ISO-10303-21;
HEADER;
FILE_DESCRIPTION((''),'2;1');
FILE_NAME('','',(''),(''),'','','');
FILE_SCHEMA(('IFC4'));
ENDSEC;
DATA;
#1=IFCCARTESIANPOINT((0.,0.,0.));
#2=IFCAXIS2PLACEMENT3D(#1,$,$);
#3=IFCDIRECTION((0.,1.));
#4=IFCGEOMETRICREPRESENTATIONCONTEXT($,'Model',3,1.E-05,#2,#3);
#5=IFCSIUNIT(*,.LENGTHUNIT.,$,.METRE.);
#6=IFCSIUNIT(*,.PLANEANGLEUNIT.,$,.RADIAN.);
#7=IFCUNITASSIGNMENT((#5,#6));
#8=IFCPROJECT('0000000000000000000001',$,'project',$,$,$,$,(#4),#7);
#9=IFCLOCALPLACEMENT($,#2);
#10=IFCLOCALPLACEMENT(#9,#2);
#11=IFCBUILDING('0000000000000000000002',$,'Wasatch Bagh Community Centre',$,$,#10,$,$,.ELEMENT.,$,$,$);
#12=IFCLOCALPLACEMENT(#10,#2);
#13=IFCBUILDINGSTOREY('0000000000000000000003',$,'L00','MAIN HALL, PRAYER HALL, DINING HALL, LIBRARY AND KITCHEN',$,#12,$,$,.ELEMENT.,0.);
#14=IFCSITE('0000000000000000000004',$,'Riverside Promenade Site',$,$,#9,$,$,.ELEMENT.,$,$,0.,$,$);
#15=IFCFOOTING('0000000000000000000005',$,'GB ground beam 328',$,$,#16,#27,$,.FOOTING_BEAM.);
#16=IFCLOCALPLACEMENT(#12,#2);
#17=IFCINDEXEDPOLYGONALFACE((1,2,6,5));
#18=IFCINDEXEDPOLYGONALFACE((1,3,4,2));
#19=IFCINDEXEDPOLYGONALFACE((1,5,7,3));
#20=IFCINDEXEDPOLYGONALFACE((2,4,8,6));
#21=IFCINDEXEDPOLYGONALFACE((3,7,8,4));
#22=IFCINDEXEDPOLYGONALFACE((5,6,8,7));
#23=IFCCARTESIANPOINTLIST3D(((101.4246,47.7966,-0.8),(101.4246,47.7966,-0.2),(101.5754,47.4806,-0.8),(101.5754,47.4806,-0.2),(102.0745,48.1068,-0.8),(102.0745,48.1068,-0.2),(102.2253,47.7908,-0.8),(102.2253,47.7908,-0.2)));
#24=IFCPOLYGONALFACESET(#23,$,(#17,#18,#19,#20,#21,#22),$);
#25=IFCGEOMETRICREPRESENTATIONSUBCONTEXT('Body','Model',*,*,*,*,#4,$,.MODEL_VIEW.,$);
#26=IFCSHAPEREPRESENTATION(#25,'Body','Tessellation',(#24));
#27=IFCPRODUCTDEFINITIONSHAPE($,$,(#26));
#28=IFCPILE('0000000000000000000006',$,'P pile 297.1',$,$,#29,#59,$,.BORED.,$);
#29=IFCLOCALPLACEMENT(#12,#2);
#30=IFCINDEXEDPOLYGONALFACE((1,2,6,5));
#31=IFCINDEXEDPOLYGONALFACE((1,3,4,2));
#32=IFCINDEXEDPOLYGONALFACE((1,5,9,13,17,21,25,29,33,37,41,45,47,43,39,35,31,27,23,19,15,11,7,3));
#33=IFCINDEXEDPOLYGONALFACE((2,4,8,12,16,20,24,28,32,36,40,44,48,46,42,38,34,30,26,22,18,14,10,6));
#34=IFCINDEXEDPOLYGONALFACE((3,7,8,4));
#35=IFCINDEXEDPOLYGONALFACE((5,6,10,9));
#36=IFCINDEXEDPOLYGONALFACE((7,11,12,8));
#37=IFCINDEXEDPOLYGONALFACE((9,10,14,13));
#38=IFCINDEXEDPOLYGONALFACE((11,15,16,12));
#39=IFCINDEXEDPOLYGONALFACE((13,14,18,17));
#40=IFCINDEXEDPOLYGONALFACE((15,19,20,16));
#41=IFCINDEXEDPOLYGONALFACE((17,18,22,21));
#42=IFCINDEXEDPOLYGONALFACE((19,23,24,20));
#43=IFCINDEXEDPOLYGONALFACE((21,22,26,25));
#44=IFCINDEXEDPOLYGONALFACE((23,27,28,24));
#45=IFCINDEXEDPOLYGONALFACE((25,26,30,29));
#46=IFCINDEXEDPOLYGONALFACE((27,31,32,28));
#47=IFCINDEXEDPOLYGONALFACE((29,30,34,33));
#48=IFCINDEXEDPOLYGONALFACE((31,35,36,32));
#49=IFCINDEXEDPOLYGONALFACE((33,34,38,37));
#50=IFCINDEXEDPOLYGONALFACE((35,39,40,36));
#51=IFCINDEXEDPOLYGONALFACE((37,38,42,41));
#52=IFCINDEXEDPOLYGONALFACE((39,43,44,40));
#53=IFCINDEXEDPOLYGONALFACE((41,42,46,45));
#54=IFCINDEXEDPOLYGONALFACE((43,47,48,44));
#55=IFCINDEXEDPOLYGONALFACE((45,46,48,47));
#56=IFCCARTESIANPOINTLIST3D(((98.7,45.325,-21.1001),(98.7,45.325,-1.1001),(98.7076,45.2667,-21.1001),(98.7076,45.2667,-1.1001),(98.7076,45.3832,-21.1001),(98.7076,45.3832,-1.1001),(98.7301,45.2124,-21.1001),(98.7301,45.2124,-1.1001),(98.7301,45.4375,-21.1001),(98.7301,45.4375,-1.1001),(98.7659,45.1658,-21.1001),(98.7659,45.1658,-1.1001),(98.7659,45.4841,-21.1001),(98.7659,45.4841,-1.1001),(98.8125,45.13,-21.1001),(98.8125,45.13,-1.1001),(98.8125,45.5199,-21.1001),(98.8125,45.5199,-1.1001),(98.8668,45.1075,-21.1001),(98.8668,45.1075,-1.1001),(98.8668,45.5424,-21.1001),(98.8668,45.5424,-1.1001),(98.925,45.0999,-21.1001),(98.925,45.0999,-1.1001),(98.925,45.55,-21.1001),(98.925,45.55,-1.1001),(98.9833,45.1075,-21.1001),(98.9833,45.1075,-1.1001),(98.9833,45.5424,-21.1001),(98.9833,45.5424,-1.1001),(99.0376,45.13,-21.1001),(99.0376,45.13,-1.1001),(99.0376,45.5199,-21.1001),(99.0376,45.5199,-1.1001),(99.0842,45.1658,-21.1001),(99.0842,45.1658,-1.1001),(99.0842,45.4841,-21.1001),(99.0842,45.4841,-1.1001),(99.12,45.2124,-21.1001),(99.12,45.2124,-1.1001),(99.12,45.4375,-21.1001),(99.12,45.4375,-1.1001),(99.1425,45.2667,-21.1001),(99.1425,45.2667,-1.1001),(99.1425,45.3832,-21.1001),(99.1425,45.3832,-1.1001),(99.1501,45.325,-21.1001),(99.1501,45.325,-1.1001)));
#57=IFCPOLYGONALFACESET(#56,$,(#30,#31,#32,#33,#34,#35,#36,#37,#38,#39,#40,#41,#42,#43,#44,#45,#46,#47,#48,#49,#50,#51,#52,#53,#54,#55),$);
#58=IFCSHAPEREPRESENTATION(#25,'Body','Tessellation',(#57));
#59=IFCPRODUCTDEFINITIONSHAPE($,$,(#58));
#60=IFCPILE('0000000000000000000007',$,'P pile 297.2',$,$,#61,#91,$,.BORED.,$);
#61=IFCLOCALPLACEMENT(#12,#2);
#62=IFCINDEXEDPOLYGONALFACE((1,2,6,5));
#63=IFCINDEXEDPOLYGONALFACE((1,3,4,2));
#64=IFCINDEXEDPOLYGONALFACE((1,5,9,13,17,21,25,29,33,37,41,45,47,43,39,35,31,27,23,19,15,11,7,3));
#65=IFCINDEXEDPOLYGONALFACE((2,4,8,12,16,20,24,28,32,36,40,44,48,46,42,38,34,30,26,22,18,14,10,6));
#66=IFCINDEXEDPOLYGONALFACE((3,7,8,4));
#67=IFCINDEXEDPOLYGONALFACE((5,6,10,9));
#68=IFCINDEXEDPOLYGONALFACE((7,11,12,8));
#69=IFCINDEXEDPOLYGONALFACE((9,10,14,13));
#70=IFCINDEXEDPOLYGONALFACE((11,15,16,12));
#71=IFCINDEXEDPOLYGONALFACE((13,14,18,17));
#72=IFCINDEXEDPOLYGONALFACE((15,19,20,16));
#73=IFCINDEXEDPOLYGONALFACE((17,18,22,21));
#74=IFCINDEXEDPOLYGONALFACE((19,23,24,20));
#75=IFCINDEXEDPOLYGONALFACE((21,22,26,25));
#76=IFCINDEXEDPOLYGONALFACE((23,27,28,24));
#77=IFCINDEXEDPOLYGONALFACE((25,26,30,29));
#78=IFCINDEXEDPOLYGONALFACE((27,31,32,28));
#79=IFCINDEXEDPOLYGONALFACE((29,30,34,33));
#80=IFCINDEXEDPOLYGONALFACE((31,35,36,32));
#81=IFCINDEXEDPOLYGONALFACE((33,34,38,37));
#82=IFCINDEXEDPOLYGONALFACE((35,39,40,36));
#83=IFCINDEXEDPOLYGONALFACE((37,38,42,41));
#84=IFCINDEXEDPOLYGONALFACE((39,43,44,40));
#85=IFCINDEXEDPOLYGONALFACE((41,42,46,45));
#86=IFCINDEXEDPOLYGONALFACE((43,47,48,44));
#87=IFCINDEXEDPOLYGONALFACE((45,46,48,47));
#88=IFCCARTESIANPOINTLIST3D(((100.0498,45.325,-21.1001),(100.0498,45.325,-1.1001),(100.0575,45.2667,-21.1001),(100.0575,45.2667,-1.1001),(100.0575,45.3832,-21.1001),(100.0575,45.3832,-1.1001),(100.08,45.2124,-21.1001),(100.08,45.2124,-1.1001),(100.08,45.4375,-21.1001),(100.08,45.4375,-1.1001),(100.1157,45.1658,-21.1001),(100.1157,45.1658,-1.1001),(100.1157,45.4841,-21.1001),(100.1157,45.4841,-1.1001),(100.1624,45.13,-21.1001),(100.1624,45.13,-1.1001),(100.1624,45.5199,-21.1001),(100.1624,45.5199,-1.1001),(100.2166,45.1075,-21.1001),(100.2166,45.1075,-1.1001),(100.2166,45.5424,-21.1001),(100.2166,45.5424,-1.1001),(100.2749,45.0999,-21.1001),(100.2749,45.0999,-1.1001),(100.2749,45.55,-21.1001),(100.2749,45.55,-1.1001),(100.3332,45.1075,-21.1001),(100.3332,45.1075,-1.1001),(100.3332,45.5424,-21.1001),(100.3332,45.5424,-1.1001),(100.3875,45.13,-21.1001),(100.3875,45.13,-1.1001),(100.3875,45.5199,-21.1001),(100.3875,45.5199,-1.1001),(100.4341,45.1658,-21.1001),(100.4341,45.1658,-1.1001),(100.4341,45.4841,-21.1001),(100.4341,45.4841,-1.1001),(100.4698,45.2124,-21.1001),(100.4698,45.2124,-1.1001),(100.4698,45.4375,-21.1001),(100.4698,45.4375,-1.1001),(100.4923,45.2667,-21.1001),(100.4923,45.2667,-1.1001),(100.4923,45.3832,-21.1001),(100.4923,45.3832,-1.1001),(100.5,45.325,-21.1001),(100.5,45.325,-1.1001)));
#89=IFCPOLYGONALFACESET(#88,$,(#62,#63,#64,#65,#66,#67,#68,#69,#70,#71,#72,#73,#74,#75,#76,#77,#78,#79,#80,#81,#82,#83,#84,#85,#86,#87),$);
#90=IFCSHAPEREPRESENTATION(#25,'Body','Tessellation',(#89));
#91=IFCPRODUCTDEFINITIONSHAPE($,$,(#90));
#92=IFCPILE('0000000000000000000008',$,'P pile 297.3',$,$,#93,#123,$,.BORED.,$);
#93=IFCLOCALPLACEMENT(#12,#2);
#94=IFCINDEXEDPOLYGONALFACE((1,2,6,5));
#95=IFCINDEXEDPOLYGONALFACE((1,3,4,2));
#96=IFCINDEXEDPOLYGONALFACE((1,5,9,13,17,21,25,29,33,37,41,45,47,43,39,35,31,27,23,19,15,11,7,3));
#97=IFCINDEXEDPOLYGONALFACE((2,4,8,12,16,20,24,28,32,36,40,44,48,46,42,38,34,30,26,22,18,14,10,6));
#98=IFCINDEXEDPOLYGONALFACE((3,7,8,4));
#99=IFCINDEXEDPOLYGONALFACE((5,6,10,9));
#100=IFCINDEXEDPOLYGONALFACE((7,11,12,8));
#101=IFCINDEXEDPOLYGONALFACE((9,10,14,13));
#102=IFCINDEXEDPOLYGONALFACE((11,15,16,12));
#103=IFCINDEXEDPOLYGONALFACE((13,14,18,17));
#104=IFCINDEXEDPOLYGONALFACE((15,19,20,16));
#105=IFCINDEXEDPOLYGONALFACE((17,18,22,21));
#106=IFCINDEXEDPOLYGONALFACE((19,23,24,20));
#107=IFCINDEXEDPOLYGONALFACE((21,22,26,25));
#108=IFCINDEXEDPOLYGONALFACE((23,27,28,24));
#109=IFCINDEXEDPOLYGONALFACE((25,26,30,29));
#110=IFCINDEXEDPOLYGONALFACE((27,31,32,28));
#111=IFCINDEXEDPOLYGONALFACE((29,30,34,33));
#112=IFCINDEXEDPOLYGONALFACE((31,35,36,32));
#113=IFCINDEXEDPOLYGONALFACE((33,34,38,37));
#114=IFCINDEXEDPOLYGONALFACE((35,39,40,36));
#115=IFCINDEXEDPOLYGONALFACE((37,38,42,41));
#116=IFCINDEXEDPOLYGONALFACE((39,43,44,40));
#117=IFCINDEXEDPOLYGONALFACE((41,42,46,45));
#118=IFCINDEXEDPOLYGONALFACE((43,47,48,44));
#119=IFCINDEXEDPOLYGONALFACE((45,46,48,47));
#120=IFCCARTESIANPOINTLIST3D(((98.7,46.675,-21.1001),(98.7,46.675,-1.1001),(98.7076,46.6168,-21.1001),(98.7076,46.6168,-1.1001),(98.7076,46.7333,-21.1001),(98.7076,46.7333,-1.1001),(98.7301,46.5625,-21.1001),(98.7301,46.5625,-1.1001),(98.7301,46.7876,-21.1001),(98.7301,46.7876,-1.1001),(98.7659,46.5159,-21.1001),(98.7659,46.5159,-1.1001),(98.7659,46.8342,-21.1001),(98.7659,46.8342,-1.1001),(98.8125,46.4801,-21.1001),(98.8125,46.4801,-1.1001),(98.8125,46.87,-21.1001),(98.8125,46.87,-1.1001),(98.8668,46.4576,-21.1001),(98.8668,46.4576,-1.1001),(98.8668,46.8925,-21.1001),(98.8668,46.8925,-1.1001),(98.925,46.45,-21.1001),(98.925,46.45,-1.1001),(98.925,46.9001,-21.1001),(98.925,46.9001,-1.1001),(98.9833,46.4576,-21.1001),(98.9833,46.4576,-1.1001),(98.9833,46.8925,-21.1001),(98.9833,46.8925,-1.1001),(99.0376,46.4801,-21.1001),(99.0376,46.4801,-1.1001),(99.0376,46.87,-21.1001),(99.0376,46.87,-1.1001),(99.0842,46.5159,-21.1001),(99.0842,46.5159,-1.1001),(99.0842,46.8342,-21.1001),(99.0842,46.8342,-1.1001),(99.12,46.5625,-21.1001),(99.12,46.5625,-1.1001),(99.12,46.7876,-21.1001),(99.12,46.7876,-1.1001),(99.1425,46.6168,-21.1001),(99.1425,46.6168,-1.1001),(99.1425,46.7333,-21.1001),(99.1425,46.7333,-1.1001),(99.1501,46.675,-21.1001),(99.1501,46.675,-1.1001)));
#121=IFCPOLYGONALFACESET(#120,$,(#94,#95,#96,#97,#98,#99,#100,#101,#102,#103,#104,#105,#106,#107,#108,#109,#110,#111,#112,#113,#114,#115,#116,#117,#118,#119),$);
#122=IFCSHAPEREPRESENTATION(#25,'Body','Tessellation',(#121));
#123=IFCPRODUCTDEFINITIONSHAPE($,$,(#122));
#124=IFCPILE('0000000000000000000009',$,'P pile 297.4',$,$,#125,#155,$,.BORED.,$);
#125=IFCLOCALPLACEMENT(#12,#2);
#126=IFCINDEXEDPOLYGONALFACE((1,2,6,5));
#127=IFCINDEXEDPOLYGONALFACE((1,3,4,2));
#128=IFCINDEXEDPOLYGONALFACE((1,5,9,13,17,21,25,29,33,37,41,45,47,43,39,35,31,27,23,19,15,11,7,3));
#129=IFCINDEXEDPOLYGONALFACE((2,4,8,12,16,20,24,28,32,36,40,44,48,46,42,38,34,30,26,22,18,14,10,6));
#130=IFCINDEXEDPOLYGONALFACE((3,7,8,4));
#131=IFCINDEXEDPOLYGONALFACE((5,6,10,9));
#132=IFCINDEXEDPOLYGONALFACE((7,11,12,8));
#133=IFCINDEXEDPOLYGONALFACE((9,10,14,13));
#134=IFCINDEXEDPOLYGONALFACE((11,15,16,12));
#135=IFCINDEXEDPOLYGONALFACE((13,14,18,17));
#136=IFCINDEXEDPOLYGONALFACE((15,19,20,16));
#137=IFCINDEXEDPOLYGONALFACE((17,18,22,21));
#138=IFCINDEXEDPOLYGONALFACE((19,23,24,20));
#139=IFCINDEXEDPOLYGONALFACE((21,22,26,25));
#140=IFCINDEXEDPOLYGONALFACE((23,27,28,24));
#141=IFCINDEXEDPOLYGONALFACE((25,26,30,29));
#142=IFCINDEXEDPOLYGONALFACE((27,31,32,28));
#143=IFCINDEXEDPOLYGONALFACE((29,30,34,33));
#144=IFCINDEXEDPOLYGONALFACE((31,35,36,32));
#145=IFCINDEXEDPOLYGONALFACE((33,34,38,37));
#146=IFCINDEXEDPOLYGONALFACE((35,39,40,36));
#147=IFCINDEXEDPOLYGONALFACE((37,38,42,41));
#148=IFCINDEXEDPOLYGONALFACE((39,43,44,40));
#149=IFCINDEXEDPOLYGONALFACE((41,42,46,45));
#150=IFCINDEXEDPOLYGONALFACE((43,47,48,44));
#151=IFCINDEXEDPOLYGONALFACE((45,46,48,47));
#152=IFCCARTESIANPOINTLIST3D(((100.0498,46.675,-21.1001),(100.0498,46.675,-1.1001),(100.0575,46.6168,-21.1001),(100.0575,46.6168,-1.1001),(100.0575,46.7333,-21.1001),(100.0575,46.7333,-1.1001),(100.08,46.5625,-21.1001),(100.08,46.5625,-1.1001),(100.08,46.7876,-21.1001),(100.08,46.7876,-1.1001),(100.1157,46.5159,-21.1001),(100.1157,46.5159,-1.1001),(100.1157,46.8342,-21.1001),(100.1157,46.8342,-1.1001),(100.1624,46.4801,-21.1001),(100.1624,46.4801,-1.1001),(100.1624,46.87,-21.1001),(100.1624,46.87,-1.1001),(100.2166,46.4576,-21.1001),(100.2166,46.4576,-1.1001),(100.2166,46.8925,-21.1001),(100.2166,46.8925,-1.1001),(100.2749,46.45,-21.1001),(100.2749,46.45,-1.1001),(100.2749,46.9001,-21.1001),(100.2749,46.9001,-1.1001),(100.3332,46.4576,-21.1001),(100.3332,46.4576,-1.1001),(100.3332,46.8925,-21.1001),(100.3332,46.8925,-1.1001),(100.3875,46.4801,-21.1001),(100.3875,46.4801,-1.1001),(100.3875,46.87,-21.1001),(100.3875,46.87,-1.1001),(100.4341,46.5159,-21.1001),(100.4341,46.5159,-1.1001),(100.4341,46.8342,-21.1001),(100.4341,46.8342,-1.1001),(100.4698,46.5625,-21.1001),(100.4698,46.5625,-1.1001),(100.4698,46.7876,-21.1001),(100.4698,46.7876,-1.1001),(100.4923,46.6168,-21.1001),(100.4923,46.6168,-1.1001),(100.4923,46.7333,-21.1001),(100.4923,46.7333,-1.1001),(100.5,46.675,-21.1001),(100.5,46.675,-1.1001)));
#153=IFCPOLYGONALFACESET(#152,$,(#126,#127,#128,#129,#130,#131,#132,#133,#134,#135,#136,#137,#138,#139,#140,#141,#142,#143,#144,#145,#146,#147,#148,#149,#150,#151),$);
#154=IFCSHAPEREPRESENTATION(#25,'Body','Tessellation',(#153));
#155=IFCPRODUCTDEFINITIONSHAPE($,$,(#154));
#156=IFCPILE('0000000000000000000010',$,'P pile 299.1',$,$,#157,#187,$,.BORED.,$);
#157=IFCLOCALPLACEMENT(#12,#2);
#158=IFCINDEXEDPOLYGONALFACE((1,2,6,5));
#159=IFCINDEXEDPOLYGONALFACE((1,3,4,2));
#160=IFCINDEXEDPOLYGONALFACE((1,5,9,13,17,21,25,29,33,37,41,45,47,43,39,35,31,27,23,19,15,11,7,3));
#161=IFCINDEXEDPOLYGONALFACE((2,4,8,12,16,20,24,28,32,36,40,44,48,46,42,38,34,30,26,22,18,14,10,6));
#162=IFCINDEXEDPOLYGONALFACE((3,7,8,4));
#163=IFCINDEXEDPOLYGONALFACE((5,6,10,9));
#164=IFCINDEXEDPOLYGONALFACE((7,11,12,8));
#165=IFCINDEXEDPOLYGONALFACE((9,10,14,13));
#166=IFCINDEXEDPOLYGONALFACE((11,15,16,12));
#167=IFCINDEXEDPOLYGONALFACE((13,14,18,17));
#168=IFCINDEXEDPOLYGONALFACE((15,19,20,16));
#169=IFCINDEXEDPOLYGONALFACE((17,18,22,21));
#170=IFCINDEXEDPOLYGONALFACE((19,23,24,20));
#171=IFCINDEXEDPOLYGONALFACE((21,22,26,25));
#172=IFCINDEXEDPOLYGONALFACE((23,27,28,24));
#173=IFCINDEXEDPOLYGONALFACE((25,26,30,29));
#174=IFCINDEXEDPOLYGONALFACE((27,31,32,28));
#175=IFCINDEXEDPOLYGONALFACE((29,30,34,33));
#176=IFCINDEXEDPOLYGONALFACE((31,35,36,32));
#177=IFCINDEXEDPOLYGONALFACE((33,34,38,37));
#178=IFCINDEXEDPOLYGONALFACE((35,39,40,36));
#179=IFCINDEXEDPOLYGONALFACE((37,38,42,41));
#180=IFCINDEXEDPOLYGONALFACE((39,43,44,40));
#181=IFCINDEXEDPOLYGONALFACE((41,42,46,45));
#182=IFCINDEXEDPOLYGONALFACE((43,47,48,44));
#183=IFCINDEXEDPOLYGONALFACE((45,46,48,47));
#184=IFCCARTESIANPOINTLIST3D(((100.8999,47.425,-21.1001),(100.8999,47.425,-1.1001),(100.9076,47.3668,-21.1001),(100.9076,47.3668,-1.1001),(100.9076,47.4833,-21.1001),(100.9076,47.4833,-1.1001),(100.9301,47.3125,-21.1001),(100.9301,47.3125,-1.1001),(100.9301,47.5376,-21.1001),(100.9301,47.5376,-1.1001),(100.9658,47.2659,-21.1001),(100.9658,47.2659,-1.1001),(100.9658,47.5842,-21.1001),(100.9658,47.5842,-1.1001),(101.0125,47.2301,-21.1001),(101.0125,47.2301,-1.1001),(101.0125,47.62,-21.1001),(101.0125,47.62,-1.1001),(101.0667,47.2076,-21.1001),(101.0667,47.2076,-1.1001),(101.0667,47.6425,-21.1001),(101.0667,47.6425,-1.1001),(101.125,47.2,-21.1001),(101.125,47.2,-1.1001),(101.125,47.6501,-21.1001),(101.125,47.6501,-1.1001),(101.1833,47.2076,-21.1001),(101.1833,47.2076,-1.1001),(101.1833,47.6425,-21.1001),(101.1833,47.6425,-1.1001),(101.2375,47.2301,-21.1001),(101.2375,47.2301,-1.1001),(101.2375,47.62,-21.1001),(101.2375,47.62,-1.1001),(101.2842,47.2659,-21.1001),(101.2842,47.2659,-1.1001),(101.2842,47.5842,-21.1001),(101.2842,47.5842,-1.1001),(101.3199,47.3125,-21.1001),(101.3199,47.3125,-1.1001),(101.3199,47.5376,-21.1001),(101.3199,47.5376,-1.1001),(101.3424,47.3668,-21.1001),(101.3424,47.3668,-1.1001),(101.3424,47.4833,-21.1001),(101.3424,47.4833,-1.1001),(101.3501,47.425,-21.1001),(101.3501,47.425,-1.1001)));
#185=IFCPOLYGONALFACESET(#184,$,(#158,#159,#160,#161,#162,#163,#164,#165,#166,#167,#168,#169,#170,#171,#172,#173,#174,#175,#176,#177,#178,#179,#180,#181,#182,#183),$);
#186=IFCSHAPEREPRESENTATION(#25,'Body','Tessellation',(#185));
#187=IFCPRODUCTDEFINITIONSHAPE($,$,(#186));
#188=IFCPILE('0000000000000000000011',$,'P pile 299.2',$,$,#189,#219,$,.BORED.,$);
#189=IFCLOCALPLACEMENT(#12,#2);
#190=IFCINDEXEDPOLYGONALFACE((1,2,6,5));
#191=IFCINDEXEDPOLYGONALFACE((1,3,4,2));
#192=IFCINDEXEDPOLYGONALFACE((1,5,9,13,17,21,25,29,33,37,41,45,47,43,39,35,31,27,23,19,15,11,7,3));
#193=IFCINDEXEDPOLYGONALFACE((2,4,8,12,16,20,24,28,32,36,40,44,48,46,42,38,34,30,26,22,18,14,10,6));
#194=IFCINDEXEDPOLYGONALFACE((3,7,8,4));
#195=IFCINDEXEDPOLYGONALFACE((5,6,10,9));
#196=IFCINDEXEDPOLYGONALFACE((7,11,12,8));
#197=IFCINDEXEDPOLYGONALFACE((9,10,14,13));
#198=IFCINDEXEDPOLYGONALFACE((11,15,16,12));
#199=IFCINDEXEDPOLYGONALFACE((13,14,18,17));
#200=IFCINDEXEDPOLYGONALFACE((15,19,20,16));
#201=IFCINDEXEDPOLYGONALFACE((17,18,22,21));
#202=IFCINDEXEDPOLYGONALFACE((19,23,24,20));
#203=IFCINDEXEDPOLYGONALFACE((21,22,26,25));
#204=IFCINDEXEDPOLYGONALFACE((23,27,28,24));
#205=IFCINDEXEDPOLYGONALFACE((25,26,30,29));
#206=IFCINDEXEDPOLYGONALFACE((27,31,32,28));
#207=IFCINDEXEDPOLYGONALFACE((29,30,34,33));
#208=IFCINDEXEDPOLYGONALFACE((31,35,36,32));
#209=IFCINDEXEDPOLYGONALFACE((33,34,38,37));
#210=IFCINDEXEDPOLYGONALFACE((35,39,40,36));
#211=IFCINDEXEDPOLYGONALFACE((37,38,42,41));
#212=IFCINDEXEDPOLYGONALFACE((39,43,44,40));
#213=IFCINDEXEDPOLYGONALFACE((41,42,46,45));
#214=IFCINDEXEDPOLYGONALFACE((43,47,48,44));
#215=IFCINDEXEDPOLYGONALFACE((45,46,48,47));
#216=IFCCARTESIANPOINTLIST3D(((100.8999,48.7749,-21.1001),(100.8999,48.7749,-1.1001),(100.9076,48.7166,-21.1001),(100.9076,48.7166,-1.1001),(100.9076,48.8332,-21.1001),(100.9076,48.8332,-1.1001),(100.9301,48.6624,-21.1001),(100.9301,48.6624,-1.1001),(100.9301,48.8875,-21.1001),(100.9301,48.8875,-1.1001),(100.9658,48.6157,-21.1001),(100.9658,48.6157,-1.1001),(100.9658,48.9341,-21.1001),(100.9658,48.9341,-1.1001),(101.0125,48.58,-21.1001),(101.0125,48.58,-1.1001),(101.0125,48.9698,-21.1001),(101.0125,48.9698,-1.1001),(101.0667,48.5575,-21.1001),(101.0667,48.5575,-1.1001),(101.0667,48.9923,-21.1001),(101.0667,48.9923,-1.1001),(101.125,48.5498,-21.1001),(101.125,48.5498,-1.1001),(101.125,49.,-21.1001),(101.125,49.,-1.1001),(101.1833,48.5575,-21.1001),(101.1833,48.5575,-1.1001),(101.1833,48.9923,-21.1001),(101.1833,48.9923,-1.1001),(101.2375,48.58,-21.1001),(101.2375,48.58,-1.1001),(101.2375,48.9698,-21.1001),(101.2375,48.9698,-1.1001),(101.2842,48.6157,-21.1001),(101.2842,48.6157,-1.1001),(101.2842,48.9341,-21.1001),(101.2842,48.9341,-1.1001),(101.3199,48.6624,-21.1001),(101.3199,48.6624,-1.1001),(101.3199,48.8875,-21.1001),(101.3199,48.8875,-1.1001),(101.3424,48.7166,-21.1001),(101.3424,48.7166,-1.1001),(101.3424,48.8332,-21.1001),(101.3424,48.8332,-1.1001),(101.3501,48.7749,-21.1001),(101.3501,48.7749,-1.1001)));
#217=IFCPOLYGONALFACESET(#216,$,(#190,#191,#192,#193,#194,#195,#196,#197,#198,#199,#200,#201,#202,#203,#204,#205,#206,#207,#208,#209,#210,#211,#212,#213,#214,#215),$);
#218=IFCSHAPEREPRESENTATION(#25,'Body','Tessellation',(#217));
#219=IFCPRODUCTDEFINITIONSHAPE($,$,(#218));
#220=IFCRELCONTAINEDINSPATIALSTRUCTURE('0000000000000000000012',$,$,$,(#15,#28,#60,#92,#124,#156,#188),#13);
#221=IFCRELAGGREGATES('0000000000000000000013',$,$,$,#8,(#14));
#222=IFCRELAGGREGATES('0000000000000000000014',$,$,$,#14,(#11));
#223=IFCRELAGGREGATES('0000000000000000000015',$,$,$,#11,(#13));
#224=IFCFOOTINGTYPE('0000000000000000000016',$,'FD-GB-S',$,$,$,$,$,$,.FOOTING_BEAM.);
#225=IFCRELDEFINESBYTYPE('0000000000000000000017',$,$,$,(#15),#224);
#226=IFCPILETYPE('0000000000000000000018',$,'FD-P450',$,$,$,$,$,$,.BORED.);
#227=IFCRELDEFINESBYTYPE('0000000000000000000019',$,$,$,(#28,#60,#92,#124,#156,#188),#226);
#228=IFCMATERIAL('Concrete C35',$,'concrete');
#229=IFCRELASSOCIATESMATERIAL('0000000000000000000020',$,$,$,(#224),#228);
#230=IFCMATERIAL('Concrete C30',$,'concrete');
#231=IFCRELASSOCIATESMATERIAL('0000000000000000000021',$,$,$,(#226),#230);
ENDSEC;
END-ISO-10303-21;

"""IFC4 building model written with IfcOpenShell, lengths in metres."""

from ifc_helpers import new_model, si_unit, direction, frame, origin, origin_2d, place, context, subcontext, project, spatial, rectangle, circle, extrude, material, material_profile, profile_set, type_object, element, save


model = new_model("IFC4")

# Units and contexts
model_context = context("Model", 3, precision=1e-05, world=origin(), true_north=direction((0.0, 1.0)))
body_context = subcontext(model_context, "Body", "Model", "MODEL_VIEW")
ifc_project = project(units=[si_unit("LENGTHUNIT", "METRE"), si_unit("PLANEANGLEUNIT", "RADIAN")], contexts=[model_context])

# Site, building, storey
site_placement = place(None, origin())
site = spatial("IfcSite", under=ifc_project, at=site_placement, Name="Riverside Promenade Site", CompositionType="ELEMENT", RefElevation=0.0)
building_placement = place(site_placement, origin())
building = spatial("IfcBuilding", under=site, at=building_placement, Name="Wasatch Bagh Community Centre", CompositionType="ELEMENT")
storey_placement = place(building_placement, origin())
storey = spatial("IfcBuildingStorey", under=building, at=storey_placement, Name="L00", Description="MAIN HALL, PRAYER HALL, DINING HALL, LIBRARY AND KITCHEN", CompositionType="ELEMENT", Elevation=0.0)

# Footing
ifc_material_1 = material(Name="Concrete C35", Category="concrete")
footing_type_1 = type_object("IfcFootingType", Name="FD-GB-S", PredefinedType="FOOTING_BEAM", material=ifc_material_1)
footing_1_placement = place(storey_placement, frame((101.825, 47.7937, -0.8), z_axis=(0.0, 0.0, 1.0), x_axis=(-0.902481, -0.43073, 0.0)))
element("IfcFooting", 1, at=footing_1_placement, inside=storey, type_object=footing_type_1, Name="GB ground beam 328", PredefinedType="FOOTING_BEAM", context=body_context, shape_type="SweptSolid", body=[
    extrude(rectangle(XDim=0.7202, YDim=0.3501, at=origin_2d()), origin(), (0.0, 0.0, 1.0), 0.6001),
])

# Piles
ifc_material_2 = material(Name="Concrete C30", Category="concrete")
ifc_material_profile_1 = material_profile(ifc_material_2, circle(Radius=0.2251, at=origin_2d()), Name="RC D450")
ifc_profile_set_1 = profile_set([ifc_material_profile_1], Name="Concrete C30")
pile_type = type_object("IfcPileType", Name="FD-P450", PredefinedType="BORED", material=ifc_profile_set_1)
for number, where, z_axis, x_axis, name in (
    (2, (98.925, 45.325, -1.1001), (0.0, 0.0, -1.0), (1.0, 0.0, 0.0), "P pile 297.1"),
    (3, (100.2749, 45.325, -1.1001), (0.0, 0.0, -1.0), (1.0, 0.0, 0.0), "P pile 297.2"),
    (4, (98.925, 46.675, -1.1001), (0.0, 0.0, -1.0), (1.0, 0.0, 0.0), "P pile 297.3"),
    (5, (100.2749, 46.675, -1.1001), (0.0, 0.0, -1.0), (1.0, 0.0, 0.0), "P pile 297.4"),
    (6, (101.125, 47.425, -1.1001), (0.0, 0.0, -1.0), (1.0, 0.0, 0.0), "P pile 299.1"),
    (7, (101.125, 48.7749, -1.1001), (0.0, 0.0, -1.0), (1.0, 0.0, 0.0), "P pile 299.2"),
):
    element("IfcPile", number, at=place(storey_placement, frame(where, z_axis=z_axis, x_axis=x_axis)), inside=storey, type_object=pile_type, Name=name, PredefinedType="BORED", context=body_context, shape_type="SweptSolid", body=[
        extrude(circle(Radius=0.2251, at=origin_2d()), origin(), (0.0, 0.0, 1.0), 20.0),
    ])

save(model, "model.ifc")
